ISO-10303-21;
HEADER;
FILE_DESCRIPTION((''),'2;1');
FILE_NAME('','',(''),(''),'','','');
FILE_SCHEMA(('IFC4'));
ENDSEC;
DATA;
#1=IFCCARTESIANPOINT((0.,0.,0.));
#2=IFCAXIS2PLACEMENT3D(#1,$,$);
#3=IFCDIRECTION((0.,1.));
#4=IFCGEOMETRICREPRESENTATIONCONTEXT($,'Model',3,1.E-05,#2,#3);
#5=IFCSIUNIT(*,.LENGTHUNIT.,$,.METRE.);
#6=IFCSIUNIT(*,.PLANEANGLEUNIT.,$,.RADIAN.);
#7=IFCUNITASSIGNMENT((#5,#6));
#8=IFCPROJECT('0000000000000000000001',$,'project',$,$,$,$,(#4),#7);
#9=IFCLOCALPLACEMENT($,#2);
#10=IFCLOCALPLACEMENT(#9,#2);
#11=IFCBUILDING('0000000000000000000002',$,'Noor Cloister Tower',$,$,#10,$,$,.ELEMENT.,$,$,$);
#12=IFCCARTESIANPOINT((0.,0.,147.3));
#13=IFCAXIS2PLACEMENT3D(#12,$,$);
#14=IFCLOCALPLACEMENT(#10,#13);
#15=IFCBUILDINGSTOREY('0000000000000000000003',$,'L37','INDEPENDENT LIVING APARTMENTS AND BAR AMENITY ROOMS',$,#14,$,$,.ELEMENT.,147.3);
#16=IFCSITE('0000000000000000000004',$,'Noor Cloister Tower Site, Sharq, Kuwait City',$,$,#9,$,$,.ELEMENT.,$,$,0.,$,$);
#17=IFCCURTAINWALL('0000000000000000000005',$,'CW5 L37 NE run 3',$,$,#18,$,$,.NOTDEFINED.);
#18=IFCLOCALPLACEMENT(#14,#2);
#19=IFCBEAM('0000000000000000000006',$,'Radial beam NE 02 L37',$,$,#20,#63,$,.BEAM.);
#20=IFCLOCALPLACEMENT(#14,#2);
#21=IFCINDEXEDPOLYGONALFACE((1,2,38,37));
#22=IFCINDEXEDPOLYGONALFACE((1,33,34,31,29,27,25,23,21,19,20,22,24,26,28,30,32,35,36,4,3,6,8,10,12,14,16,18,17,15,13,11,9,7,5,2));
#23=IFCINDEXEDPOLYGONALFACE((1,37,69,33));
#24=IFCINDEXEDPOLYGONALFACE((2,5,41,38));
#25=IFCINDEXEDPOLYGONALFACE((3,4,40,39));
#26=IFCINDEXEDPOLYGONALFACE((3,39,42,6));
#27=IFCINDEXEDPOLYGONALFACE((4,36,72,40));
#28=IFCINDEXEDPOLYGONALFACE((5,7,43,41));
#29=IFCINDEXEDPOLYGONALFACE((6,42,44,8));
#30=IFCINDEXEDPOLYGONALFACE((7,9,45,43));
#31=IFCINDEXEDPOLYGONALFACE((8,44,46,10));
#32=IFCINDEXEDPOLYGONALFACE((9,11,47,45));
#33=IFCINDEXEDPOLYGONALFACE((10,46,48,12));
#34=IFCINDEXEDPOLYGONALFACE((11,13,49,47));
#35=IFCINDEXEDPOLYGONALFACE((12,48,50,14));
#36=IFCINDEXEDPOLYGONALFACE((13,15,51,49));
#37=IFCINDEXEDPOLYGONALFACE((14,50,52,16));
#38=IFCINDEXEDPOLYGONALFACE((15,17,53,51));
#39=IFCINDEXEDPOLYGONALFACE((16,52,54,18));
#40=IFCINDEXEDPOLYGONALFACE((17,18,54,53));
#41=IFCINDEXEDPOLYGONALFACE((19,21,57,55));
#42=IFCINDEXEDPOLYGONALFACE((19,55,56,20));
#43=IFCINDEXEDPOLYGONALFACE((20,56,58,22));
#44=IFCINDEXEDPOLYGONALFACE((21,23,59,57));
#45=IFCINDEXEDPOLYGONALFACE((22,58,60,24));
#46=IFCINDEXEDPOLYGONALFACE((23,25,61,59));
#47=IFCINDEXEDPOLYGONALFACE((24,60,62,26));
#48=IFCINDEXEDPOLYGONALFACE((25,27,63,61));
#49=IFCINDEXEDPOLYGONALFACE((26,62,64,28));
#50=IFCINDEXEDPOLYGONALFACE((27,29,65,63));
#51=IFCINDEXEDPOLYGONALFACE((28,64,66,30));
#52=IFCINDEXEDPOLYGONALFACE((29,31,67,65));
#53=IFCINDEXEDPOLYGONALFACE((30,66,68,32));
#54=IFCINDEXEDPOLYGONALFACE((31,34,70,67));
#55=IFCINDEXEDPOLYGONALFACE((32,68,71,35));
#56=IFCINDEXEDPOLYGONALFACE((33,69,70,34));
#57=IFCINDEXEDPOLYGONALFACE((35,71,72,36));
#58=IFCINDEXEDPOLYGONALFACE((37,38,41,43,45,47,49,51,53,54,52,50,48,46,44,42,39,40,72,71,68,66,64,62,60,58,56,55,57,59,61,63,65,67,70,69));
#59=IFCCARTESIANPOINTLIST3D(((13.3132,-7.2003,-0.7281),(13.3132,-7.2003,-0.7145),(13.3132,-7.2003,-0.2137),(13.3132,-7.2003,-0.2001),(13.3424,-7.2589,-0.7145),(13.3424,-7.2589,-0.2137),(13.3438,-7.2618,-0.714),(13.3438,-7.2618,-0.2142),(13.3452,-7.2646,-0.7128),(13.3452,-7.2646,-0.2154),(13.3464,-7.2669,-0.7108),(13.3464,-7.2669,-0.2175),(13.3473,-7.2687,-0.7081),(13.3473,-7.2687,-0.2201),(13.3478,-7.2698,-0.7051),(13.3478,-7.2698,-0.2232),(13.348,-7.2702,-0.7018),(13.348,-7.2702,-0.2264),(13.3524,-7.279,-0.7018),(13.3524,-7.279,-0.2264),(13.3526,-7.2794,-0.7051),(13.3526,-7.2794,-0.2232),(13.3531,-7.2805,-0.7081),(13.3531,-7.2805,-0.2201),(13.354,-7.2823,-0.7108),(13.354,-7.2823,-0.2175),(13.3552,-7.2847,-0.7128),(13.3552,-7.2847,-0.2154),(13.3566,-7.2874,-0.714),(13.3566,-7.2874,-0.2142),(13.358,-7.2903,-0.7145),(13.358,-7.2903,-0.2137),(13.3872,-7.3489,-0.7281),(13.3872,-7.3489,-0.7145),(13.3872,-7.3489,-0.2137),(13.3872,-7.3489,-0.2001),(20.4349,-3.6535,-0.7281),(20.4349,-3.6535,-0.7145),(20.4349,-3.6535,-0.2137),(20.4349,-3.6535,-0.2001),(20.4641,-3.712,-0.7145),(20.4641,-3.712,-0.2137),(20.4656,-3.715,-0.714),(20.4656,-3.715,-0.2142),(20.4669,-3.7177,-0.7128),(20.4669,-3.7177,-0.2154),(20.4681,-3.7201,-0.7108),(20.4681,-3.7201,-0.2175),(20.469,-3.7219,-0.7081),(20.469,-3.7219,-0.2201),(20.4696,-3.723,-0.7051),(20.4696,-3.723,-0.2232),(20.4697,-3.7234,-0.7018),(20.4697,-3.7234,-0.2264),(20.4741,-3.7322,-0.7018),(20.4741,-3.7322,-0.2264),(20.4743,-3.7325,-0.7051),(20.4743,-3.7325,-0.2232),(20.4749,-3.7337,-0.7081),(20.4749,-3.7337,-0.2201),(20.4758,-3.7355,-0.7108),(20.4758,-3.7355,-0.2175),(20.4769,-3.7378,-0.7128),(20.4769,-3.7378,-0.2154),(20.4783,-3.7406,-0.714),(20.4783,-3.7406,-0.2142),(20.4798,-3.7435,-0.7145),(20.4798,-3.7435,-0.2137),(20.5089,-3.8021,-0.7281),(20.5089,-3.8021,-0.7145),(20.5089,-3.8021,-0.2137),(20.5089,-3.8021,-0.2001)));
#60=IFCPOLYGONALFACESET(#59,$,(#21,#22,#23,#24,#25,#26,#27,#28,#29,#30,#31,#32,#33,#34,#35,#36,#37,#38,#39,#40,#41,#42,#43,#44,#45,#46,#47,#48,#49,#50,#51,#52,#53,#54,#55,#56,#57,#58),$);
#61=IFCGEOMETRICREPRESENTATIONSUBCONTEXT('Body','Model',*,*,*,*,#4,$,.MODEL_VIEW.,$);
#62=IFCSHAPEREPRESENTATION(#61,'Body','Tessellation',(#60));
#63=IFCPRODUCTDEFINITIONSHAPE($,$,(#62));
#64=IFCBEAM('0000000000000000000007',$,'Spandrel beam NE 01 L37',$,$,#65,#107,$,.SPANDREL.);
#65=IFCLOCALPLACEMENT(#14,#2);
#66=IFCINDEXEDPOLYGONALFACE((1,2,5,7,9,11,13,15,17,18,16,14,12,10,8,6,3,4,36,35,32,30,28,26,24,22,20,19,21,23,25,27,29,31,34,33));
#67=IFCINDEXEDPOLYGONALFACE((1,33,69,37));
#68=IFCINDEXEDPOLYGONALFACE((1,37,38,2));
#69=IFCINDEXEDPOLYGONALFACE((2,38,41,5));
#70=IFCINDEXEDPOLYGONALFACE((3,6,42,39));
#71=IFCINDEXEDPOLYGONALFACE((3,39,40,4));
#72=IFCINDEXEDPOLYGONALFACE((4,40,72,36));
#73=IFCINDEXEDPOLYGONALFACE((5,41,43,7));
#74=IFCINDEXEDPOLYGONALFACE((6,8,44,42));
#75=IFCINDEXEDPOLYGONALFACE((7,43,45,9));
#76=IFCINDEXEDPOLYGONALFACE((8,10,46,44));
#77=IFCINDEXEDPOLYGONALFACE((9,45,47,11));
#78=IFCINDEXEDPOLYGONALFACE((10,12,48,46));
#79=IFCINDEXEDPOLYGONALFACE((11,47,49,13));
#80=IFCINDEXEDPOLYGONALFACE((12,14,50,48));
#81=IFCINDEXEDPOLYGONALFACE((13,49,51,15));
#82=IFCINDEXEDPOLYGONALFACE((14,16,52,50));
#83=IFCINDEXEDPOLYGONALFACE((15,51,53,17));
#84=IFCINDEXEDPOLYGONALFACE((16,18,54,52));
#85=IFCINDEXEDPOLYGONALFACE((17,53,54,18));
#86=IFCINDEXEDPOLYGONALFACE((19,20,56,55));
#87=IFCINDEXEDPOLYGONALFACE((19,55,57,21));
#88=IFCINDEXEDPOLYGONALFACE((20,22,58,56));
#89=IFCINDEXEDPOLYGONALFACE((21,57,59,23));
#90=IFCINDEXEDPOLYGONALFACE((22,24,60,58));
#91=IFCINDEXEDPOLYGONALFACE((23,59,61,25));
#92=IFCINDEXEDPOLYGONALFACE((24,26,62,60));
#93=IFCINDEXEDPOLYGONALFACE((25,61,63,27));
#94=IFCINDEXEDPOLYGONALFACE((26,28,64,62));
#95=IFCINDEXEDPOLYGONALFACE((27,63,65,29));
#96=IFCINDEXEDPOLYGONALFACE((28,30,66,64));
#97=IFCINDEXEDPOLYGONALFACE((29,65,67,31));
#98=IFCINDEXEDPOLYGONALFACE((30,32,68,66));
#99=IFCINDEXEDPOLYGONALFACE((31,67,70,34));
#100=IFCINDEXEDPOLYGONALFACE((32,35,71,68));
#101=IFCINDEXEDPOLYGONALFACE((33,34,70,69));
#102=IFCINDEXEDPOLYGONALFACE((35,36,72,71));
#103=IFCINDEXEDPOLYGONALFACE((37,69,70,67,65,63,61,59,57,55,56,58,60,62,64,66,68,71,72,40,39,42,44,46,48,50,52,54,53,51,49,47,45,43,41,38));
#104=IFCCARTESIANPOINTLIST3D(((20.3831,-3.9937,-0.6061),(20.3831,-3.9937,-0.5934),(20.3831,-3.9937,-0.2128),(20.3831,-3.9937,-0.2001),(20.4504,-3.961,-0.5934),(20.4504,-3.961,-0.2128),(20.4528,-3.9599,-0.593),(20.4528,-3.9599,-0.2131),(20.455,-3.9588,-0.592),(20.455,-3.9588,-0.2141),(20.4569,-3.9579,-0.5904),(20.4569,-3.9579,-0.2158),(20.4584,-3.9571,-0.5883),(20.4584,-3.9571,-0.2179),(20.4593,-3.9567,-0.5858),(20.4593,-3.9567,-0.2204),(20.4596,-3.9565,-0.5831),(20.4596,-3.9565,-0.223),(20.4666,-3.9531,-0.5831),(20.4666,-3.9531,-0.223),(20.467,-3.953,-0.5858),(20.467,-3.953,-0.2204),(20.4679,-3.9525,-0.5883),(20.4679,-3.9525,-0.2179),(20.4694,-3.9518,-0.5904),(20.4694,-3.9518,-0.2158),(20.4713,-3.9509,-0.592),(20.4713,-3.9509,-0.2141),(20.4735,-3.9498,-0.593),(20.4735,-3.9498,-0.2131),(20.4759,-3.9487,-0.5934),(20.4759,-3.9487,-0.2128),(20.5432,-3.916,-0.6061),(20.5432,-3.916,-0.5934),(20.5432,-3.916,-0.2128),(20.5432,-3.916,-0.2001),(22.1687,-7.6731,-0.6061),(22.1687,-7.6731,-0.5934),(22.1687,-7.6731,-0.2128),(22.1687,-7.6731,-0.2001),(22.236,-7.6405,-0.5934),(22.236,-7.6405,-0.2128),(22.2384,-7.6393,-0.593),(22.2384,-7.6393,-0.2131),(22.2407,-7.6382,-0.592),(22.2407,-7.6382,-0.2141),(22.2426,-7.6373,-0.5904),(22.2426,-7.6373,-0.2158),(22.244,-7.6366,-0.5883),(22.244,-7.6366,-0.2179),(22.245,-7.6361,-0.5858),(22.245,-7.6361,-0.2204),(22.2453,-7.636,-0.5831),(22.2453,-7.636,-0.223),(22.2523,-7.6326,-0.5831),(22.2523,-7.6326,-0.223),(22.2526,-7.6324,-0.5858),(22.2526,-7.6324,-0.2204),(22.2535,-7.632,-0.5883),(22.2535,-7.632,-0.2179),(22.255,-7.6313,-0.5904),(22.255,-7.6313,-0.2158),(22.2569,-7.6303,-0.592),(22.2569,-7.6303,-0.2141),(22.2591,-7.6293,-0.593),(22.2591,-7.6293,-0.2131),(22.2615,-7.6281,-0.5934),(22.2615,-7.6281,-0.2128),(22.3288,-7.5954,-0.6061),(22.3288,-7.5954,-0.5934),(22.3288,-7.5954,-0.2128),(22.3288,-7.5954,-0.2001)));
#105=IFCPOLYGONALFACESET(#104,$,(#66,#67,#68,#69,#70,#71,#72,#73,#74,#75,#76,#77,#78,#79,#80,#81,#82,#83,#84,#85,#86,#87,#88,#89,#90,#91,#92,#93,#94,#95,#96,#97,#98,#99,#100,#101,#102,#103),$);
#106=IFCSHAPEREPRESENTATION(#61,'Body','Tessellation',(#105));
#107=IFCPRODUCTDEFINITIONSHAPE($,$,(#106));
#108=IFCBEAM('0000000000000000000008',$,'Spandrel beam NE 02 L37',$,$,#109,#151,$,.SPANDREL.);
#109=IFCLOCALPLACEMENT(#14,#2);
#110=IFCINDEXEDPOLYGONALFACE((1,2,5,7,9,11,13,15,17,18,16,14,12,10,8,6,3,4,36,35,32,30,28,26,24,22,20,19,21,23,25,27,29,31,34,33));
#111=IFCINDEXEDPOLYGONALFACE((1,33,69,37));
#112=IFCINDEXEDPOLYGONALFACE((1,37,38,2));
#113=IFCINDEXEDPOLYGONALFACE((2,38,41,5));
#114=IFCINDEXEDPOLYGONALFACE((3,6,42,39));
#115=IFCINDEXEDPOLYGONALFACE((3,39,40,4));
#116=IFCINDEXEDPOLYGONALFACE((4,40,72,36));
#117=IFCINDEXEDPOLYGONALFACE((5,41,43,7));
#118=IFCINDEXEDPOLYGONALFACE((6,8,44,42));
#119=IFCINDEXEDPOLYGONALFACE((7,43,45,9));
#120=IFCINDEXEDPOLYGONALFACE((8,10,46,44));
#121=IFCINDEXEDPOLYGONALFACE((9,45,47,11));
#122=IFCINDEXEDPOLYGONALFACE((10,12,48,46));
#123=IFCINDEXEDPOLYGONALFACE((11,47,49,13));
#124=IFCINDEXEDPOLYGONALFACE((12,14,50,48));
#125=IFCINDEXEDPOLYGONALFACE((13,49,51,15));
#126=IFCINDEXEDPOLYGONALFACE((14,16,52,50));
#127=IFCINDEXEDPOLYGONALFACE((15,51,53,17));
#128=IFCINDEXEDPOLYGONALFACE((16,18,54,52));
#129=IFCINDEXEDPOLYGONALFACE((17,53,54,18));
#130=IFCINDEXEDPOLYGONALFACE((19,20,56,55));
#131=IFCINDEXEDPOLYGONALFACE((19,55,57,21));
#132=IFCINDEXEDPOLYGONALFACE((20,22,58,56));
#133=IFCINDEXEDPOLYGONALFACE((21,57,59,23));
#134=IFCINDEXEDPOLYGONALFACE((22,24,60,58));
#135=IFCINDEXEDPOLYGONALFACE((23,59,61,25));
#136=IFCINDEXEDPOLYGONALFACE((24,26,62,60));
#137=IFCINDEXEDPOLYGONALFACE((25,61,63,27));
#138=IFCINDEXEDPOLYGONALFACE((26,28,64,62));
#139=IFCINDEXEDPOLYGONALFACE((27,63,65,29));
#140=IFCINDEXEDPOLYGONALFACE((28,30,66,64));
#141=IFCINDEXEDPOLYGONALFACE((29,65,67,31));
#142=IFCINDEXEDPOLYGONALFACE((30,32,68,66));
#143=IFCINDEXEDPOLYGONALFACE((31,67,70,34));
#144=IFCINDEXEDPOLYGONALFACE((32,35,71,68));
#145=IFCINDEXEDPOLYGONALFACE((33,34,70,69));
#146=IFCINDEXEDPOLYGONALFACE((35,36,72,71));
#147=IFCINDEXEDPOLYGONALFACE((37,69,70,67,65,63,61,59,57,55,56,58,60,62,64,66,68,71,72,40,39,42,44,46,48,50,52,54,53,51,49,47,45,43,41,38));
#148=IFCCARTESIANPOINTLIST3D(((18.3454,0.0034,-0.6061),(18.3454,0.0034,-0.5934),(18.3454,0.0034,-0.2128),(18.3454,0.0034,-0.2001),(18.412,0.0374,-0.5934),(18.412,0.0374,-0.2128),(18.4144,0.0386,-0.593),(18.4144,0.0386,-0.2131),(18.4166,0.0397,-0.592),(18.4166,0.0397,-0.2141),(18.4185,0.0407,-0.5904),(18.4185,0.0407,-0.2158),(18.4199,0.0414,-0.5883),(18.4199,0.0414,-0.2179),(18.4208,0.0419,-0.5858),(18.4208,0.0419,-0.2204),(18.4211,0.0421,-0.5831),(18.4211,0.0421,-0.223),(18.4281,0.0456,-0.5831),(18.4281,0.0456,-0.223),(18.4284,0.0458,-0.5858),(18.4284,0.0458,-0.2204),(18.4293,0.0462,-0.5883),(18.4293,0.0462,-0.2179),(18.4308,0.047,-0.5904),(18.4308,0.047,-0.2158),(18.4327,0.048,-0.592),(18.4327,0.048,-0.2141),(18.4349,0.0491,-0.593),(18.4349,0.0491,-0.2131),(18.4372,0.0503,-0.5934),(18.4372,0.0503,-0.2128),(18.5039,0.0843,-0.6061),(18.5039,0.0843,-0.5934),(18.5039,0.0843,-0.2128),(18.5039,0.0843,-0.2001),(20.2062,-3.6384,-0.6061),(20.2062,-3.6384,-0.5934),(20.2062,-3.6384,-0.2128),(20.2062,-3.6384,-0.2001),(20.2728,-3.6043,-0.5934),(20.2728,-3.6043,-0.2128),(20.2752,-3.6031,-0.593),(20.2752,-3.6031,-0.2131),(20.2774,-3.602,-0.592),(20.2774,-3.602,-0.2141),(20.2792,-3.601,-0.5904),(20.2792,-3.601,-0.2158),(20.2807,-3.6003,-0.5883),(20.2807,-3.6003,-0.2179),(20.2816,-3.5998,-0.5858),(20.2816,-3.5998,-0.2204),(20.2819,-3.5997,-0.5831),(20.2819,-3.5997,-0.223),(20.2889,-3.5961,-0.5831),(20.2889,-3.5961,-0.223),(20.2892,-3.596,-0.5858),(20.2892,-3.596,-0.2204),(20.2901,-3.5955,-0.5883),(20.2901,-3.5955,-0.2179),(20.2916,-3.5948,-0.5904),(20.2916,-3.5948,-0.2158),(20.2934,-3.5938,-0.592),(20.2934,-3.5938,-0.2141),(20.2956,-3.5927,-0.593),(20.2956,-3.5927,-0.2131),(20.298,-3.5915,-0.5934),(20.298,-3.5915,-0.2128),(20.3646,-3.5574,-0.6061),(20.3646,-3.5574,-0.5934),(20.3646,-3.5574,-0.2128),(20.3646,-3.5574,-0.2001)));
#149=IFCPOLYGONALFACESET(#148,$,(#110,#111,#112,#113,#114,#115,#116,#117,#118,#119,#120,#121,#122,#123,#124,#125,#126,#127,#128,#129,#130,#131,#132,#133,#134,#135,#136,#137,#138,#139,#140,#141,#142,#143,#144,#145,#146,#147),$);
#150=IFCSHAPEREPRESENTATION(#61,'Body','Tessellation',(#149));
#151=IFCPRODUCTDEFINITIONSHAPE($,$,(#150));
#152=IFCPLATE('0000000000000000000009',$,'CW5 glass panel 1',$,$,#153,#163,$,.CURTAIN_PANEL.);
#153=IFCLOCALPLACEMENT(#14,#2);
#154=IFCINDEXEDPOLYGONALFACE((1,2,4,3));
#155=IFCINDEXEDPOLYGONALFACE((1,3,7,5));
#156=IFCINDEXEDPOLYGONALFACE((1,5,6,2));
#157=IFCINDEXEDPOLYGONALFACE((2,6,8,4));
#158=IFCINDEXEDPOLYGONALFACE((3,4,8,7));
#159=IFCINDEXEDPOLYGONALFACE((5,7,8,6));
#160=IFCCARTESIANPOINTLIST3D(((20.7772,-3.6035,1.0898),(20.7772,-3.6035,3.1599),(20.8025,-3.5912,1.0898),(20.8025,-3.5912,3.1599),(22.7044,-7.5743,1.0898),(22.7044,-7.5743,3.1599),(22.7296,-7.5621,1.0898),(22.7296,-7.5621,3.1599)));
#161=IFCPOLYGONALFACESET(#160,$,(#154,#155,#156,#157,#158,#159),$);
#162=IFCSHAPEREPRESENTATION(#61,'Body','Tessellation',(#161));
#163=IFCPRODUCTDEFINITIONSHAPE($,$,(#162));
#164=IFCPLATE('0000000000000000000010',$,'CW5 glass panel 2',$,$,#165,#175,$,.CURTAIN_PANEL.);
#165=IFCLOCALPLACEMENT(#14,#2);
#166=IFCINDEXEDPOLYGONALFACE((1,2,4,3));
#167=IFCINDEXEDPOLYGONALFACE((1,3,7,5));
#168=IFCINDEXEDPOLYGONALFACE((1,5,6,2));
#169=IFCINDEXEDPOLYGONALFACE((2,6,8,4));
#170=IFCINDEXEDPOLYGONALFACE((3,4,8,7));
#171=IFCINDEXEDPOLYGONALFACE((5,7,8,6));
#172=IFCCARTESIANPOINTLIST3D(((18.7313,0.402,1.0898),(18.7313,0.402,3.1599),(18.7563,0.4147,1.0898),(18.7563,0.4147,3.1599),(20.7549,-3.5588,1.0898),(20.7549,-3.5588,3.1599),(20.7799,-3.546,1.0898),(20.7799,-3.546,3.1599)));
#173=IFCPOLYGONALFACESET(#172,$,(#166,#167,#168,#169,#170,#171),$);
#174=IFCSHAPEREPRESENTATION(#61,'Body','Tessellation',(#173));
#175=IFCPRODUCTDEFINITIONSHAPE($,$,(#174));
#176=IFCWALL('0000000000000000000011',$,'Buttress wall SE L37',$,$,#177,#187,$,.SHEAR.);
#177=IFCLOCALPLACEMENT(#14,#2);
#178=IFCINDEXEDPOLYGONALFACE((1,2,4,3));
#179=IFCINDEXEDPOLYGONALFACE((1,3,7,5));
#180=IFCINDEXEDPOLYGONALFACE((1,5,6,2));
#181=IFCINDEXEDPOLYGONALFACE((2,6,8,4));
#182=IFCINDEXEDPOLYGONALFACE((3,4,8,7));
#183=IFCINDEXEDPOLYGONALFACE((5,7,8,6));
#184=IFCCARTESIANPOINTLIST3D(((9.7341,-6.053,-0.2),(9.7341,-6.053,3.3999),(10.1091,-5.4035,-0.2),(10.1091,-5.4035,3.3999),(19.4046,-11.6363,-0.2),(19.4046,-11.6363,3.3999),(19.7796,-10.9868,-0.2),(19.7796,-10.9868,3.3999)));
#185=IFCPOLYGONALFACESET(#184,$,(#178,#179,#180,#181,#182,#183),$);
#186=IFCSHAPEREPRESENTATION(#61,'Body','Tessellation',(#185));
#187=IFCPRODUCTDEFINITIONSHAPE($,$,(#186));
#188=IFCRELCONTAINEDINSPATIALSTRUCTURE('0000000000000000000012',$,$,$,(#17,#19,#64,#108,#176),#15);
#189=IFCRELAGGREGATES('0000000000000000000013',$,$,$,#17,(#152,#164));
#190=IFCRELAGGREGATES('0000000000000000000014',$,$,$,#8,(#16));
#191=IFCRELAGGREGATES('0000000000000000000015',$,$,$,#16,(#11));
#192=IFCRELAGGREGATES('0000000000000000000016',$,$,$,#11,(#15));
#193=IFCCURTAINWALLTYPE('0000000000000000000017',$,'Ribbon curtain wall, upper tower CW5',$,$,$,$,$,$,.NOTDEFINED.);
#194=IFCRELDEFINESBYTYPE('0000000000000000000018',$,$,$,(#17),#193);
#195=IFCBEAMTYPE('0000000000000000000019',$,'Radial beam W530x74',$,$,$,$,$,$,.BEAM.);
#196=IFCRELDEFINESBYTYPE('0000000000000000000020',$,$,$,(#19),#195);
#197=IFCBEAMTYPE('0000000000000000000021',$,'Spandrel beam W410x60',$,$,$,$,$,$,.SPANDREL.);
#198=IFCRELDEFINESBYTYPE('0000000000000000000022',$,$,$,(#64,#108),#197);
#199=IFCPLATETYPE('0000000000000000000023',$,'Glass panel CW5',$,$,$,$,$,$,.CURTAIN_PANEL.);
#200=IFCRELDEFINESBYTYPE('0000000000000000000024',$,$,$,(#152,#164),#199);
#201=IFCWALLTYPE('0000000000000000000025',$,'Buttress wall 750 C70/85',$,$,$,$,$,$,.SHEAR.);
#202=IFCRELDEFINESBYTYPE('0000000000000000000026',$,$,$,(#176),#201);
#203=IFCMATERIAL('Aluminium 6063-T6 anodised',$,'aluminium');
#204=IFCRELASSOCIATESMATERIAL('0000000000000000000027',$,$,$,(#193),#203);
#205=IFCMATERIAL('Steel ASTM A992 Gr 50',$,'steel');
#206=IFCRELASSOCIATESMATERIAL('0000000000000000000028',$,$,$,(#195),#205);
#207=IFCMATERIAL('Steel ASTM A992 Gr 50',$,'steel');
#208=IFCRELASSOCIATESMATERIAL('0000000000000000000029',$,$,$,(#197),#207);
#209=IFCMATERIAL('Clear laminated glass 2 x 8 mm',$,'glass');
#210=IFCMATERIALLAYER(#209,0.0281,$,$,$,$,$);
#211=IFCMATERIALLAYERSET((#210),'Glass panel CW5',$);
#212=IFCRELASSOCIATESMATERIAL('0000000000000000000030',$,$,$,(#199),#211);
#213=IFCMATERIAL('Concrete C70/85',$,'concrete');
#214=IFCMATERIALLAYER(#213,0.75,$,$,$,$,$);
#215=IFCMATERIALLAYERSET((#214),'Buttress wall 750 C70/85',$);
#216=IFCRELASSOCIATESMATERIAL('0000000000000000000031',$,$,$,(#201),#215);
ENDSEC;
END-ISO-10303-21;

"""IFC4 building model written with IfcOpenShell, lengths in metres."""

from ifc_helpers import new_model, si_unit, direction, frame, frame_2d, origin, origin_2d, place, context, subcontext, project, spatial, rectangle, i_section, extrude, material, layer, layer_set, material_profile, profile_set, type_object, element, aggregate, save


model = new_model("IFC4")

# Units and contexts
model_context = context("Model", 3, precision=1e-05, world=origin(), true_north=direction((0.0, 1.0)))
body_context = subcontext(model_context, "Body", "Model", "MODEL_VIEW")
ifc_project = project(units=[si_unit("LENGTHUNIT", "METRE"), si_unit("PLANEANGLEUNIT", "RADIAN")], contexts=[model_context])

# Site, building, storey
site_placement = place(None, origin())
site = spatial("IfcSite", under=ifc_project, at=site_placement, Name="Noor Cloister Tower Site, Sharq, Kuwait City", CompositionType="ELEMENT", RefElevation=0.0)
building_placement = place(site_placement, origin())
building = spatial("IfcBuilding", under=site, at=building_placement, Name="Noor Cloister Tower", CompositionType="ELEMENT")
storey_placement = place(building_placement, frame((0.0, 0.0, 147.3)))
storey = spatial("IfcBuildingStorey", under=building, at=storey_placement, Name="L37", Description="INDEPENDENT LIVING APARTMENTS AND BAR AMENITY ROOMS", CompositionType="ELEMENT", Elevation=147.3)

# Curtain wall
ifc_material_1 = material(Name="Aluminium 6063-T6 anodised", Category="aluminium")
curtain_wall_type = type_object("IfcCurtainWallType", Name="Ribbon curtain wall, upper tower CW5", PredefinedType="NOTDEFINED", material=ifc_material_1)
curtain_wall_placement = place(storey_placement, origin())
curtain_wall = element("IfcCurtainWall", 1, at=curtain_wall_placement, inside=storey, type_object=curtain_wall_type, Name="CW5 L37 NE run 3", PredefinedType="NOTDEFINED")

# Beams
ifc_material_2 = material(Name="Steel ASTM A992 Gr 50", Category="steel")
ifc_material_profile_1 = material_profile(ifc_material_2, i_section(OverallWidth=0.166, OverallDepth=0.5281, WebThickness=0.0098, FlangeThickness=0.0137, FilletRadius=0.0127, at=origin_2d()), Name="W530x74")
ifc_profile_set_1 = profile_set([ifc_material_profile_1], Name="Steel ASTM A992 Gr 50")
beam_type_1 = type_object("IfcBeamType", Name="Radial beam W530x74", PredefinedType="BEAM", material=ifc_profile_set_1)
beam_1_placement = place(storey_placement, frame((20.4719, -3.7278, -0.4641), z_axis=(-0.895132, -0.445801, 0.0), x_axis=(0.445801, -0.895132, 0.0)))
element("IfcBeam", 2, at=beam_1_placement, inside=storey, type_object=beam_type_1, Name="Radial beam NE 02 L37", PredefinedType="BEAM", context=body_context, shape_type="SweptSolid", body=[
    extrude(i_section(OverallWidth=0.166, OverallDepth=0.5281, WebThickness=0.0098, FlangeThickness=0.0137, FilletRadius=0.0127, at=origin_2d()), origin(), (0.0, 0.0, 1.0), 7.9561),
])
ifc_material_3 = material(Name="Steel ASTM A992 Gr 50", Category="steel")
ifc_material_profile_2 = material_profile(ifc_material_3, i_section(OverallWidth=0.178, OverallDepth=0.406, WebThickness=0.0078, FlangeThickness=0.0127, FilletRadius=0.0103, at=origin_2d()), Name="W410x60")
ifc_profile_set_2 = profile_set([ifc_material_profile_2], Name="Steel ASTM A992 Gr 50")
beam_type_2 = type_object("IfcBeamType", Name="Spandrel beam W410x60", PredefinedType="SPANDREL", material=ifc_profile_set_2)
beam_2_placement = place(storey_placement, frame((22.2488, -7.6343, -0.4031), z_axis=(-0.436604, 0.899654, 0.0), x_axis=(-0.899654, -0.436604, 0.0)))
element("IfcBeam", 3, at=beam_2_placement, inside=storey, type_object=beam_type_2, Name="Spandrel beam NE 01 L37", PredefinedType="SPANDREL", context=body_context, shape_type="SweptSolid", body=[
    extrude(i_section(OverallWidth=0.178, OverallDepth=0.406, WebThickness=0.0078, FlangeThickness=0.0127, FilletRadius=0.0103, at=origin_2d()), origin(), (0.0, 0.0, 1.0), 4.0898),
])
beam_3_placement = place(storey_placement, frame((20.2854, -3.5979, -0.4031), z_axis=(-0.455005, 0.890489, 0.0), x_axis=(-0.890489, -0.455005, 0.0)))
element("IfcBeam", 4, at=beam_3_placement, inside=storey, type_object=beam_type_2, Name="Spandrel beam NE 02 L37", PredefinedType="SPANDREL", context=body_context, shape_type="SweptSolid", body=[
    extrude(i_section(OverallWidth=0.178, OverallDepth=0.406, WebThickness=0.0078, FlangeThickness=0.0127, FilletRadius=0.0103, at=origin_2d()), origin(), (0.0, 0.0, 1.0), 4.0896),
])

# Plates
ifc_material_4 = material(Name="Clear laminated glass 2 x 8 mm", Category="glass")
ifc_layer_1 = layer(ifc_material_4, 0.0281)
ifc_layer_set_1 = layer_set([ifc_layer_1], Name="Glass panel CW5")
plate_type = type_object("IfcPlateType", Name="Glass panel CW5", PredefinedType="CURTAIN_PANEL", material=ifc_layer_set_1)
plate_1_placement = place(storey_placement, frame((21.7534, -5.5828, 1.0898), z_axis=(0.0, 0.0, 1.0), x_axis=(-0.436619, 0.899647, 0.0)))
plate_1 = element("IfcPlate", 5, at=plate_1_placement, type_object=plate_type, Name="CW5 glass panel 1", PredefinedType="CURTAIN_PANEL", context=body_context, shape_type="SweptSolid", body=[
    extrude(rectangle(XDim=4.4138, YDim=0.0281, at=origin_2d()), origin(), (0.0, 0.0, 1.0), 2.0701),
])
plate_2_placement = place(storey_placement, frame((19.7556, -1.572, 1.0898), z_axis=(0.0, 0.0, 1.0), x_axis=(-0.454972, 0.890506, 0.0)))
plate_2 = element("IfcPlate", 6, at=plate_2_placement, type_object=plate_type, Name="CW5 glass panel 2", PredefinedType="CURTAIN_PANEL", context=body_context, shape_type="SweptSolid", body=[
    extrude(rectangle(XDim=4.4478, YDim=0.0281, at=origin_2d()), origin(), (0.0, 0.0, 1.0), 2.0701),
])
aggregate(curtain_wall, [plate_1, plate_2])

# Wall
ifc_material_5 = material(Name="Concrete C70/85", Category="concrete")
ifc_layer_2 = layer(ifc_material_5, 0.75)
ifc_layer_set_2 = layer_set([ifc_layer_2], Name="Buttress wall 750 C70/85")
wall_type_1 = type_object("IfcWallType", Name="Buttress wall 750 C70/85", PredefinedType="SHEAR", material=ifc_layer_set_2)
wall_1_placement = place(storey_placement, frame((9.9216, -5.7283, -0.2), z_axis=(0.0, 0.0, 1.0), x_axis=(0.866024, -0.500003, 0.0)))
element("IfcWall", 7, at=wall_1_placement, inside=storey, type_object=wall_type_1, Name="Buttress wall SE L37", PredefinedType="SHEAR", context=body_context, shape_type="SweptSolid", body=[
    extrude(rectangle(XDim=11.1665, YDim=0.75, at=frame_2d((5.5833, 0.0))), origin(), (0.0, 0.0, 1.0), 3.5999),
])

save(model, "model.ifc")
